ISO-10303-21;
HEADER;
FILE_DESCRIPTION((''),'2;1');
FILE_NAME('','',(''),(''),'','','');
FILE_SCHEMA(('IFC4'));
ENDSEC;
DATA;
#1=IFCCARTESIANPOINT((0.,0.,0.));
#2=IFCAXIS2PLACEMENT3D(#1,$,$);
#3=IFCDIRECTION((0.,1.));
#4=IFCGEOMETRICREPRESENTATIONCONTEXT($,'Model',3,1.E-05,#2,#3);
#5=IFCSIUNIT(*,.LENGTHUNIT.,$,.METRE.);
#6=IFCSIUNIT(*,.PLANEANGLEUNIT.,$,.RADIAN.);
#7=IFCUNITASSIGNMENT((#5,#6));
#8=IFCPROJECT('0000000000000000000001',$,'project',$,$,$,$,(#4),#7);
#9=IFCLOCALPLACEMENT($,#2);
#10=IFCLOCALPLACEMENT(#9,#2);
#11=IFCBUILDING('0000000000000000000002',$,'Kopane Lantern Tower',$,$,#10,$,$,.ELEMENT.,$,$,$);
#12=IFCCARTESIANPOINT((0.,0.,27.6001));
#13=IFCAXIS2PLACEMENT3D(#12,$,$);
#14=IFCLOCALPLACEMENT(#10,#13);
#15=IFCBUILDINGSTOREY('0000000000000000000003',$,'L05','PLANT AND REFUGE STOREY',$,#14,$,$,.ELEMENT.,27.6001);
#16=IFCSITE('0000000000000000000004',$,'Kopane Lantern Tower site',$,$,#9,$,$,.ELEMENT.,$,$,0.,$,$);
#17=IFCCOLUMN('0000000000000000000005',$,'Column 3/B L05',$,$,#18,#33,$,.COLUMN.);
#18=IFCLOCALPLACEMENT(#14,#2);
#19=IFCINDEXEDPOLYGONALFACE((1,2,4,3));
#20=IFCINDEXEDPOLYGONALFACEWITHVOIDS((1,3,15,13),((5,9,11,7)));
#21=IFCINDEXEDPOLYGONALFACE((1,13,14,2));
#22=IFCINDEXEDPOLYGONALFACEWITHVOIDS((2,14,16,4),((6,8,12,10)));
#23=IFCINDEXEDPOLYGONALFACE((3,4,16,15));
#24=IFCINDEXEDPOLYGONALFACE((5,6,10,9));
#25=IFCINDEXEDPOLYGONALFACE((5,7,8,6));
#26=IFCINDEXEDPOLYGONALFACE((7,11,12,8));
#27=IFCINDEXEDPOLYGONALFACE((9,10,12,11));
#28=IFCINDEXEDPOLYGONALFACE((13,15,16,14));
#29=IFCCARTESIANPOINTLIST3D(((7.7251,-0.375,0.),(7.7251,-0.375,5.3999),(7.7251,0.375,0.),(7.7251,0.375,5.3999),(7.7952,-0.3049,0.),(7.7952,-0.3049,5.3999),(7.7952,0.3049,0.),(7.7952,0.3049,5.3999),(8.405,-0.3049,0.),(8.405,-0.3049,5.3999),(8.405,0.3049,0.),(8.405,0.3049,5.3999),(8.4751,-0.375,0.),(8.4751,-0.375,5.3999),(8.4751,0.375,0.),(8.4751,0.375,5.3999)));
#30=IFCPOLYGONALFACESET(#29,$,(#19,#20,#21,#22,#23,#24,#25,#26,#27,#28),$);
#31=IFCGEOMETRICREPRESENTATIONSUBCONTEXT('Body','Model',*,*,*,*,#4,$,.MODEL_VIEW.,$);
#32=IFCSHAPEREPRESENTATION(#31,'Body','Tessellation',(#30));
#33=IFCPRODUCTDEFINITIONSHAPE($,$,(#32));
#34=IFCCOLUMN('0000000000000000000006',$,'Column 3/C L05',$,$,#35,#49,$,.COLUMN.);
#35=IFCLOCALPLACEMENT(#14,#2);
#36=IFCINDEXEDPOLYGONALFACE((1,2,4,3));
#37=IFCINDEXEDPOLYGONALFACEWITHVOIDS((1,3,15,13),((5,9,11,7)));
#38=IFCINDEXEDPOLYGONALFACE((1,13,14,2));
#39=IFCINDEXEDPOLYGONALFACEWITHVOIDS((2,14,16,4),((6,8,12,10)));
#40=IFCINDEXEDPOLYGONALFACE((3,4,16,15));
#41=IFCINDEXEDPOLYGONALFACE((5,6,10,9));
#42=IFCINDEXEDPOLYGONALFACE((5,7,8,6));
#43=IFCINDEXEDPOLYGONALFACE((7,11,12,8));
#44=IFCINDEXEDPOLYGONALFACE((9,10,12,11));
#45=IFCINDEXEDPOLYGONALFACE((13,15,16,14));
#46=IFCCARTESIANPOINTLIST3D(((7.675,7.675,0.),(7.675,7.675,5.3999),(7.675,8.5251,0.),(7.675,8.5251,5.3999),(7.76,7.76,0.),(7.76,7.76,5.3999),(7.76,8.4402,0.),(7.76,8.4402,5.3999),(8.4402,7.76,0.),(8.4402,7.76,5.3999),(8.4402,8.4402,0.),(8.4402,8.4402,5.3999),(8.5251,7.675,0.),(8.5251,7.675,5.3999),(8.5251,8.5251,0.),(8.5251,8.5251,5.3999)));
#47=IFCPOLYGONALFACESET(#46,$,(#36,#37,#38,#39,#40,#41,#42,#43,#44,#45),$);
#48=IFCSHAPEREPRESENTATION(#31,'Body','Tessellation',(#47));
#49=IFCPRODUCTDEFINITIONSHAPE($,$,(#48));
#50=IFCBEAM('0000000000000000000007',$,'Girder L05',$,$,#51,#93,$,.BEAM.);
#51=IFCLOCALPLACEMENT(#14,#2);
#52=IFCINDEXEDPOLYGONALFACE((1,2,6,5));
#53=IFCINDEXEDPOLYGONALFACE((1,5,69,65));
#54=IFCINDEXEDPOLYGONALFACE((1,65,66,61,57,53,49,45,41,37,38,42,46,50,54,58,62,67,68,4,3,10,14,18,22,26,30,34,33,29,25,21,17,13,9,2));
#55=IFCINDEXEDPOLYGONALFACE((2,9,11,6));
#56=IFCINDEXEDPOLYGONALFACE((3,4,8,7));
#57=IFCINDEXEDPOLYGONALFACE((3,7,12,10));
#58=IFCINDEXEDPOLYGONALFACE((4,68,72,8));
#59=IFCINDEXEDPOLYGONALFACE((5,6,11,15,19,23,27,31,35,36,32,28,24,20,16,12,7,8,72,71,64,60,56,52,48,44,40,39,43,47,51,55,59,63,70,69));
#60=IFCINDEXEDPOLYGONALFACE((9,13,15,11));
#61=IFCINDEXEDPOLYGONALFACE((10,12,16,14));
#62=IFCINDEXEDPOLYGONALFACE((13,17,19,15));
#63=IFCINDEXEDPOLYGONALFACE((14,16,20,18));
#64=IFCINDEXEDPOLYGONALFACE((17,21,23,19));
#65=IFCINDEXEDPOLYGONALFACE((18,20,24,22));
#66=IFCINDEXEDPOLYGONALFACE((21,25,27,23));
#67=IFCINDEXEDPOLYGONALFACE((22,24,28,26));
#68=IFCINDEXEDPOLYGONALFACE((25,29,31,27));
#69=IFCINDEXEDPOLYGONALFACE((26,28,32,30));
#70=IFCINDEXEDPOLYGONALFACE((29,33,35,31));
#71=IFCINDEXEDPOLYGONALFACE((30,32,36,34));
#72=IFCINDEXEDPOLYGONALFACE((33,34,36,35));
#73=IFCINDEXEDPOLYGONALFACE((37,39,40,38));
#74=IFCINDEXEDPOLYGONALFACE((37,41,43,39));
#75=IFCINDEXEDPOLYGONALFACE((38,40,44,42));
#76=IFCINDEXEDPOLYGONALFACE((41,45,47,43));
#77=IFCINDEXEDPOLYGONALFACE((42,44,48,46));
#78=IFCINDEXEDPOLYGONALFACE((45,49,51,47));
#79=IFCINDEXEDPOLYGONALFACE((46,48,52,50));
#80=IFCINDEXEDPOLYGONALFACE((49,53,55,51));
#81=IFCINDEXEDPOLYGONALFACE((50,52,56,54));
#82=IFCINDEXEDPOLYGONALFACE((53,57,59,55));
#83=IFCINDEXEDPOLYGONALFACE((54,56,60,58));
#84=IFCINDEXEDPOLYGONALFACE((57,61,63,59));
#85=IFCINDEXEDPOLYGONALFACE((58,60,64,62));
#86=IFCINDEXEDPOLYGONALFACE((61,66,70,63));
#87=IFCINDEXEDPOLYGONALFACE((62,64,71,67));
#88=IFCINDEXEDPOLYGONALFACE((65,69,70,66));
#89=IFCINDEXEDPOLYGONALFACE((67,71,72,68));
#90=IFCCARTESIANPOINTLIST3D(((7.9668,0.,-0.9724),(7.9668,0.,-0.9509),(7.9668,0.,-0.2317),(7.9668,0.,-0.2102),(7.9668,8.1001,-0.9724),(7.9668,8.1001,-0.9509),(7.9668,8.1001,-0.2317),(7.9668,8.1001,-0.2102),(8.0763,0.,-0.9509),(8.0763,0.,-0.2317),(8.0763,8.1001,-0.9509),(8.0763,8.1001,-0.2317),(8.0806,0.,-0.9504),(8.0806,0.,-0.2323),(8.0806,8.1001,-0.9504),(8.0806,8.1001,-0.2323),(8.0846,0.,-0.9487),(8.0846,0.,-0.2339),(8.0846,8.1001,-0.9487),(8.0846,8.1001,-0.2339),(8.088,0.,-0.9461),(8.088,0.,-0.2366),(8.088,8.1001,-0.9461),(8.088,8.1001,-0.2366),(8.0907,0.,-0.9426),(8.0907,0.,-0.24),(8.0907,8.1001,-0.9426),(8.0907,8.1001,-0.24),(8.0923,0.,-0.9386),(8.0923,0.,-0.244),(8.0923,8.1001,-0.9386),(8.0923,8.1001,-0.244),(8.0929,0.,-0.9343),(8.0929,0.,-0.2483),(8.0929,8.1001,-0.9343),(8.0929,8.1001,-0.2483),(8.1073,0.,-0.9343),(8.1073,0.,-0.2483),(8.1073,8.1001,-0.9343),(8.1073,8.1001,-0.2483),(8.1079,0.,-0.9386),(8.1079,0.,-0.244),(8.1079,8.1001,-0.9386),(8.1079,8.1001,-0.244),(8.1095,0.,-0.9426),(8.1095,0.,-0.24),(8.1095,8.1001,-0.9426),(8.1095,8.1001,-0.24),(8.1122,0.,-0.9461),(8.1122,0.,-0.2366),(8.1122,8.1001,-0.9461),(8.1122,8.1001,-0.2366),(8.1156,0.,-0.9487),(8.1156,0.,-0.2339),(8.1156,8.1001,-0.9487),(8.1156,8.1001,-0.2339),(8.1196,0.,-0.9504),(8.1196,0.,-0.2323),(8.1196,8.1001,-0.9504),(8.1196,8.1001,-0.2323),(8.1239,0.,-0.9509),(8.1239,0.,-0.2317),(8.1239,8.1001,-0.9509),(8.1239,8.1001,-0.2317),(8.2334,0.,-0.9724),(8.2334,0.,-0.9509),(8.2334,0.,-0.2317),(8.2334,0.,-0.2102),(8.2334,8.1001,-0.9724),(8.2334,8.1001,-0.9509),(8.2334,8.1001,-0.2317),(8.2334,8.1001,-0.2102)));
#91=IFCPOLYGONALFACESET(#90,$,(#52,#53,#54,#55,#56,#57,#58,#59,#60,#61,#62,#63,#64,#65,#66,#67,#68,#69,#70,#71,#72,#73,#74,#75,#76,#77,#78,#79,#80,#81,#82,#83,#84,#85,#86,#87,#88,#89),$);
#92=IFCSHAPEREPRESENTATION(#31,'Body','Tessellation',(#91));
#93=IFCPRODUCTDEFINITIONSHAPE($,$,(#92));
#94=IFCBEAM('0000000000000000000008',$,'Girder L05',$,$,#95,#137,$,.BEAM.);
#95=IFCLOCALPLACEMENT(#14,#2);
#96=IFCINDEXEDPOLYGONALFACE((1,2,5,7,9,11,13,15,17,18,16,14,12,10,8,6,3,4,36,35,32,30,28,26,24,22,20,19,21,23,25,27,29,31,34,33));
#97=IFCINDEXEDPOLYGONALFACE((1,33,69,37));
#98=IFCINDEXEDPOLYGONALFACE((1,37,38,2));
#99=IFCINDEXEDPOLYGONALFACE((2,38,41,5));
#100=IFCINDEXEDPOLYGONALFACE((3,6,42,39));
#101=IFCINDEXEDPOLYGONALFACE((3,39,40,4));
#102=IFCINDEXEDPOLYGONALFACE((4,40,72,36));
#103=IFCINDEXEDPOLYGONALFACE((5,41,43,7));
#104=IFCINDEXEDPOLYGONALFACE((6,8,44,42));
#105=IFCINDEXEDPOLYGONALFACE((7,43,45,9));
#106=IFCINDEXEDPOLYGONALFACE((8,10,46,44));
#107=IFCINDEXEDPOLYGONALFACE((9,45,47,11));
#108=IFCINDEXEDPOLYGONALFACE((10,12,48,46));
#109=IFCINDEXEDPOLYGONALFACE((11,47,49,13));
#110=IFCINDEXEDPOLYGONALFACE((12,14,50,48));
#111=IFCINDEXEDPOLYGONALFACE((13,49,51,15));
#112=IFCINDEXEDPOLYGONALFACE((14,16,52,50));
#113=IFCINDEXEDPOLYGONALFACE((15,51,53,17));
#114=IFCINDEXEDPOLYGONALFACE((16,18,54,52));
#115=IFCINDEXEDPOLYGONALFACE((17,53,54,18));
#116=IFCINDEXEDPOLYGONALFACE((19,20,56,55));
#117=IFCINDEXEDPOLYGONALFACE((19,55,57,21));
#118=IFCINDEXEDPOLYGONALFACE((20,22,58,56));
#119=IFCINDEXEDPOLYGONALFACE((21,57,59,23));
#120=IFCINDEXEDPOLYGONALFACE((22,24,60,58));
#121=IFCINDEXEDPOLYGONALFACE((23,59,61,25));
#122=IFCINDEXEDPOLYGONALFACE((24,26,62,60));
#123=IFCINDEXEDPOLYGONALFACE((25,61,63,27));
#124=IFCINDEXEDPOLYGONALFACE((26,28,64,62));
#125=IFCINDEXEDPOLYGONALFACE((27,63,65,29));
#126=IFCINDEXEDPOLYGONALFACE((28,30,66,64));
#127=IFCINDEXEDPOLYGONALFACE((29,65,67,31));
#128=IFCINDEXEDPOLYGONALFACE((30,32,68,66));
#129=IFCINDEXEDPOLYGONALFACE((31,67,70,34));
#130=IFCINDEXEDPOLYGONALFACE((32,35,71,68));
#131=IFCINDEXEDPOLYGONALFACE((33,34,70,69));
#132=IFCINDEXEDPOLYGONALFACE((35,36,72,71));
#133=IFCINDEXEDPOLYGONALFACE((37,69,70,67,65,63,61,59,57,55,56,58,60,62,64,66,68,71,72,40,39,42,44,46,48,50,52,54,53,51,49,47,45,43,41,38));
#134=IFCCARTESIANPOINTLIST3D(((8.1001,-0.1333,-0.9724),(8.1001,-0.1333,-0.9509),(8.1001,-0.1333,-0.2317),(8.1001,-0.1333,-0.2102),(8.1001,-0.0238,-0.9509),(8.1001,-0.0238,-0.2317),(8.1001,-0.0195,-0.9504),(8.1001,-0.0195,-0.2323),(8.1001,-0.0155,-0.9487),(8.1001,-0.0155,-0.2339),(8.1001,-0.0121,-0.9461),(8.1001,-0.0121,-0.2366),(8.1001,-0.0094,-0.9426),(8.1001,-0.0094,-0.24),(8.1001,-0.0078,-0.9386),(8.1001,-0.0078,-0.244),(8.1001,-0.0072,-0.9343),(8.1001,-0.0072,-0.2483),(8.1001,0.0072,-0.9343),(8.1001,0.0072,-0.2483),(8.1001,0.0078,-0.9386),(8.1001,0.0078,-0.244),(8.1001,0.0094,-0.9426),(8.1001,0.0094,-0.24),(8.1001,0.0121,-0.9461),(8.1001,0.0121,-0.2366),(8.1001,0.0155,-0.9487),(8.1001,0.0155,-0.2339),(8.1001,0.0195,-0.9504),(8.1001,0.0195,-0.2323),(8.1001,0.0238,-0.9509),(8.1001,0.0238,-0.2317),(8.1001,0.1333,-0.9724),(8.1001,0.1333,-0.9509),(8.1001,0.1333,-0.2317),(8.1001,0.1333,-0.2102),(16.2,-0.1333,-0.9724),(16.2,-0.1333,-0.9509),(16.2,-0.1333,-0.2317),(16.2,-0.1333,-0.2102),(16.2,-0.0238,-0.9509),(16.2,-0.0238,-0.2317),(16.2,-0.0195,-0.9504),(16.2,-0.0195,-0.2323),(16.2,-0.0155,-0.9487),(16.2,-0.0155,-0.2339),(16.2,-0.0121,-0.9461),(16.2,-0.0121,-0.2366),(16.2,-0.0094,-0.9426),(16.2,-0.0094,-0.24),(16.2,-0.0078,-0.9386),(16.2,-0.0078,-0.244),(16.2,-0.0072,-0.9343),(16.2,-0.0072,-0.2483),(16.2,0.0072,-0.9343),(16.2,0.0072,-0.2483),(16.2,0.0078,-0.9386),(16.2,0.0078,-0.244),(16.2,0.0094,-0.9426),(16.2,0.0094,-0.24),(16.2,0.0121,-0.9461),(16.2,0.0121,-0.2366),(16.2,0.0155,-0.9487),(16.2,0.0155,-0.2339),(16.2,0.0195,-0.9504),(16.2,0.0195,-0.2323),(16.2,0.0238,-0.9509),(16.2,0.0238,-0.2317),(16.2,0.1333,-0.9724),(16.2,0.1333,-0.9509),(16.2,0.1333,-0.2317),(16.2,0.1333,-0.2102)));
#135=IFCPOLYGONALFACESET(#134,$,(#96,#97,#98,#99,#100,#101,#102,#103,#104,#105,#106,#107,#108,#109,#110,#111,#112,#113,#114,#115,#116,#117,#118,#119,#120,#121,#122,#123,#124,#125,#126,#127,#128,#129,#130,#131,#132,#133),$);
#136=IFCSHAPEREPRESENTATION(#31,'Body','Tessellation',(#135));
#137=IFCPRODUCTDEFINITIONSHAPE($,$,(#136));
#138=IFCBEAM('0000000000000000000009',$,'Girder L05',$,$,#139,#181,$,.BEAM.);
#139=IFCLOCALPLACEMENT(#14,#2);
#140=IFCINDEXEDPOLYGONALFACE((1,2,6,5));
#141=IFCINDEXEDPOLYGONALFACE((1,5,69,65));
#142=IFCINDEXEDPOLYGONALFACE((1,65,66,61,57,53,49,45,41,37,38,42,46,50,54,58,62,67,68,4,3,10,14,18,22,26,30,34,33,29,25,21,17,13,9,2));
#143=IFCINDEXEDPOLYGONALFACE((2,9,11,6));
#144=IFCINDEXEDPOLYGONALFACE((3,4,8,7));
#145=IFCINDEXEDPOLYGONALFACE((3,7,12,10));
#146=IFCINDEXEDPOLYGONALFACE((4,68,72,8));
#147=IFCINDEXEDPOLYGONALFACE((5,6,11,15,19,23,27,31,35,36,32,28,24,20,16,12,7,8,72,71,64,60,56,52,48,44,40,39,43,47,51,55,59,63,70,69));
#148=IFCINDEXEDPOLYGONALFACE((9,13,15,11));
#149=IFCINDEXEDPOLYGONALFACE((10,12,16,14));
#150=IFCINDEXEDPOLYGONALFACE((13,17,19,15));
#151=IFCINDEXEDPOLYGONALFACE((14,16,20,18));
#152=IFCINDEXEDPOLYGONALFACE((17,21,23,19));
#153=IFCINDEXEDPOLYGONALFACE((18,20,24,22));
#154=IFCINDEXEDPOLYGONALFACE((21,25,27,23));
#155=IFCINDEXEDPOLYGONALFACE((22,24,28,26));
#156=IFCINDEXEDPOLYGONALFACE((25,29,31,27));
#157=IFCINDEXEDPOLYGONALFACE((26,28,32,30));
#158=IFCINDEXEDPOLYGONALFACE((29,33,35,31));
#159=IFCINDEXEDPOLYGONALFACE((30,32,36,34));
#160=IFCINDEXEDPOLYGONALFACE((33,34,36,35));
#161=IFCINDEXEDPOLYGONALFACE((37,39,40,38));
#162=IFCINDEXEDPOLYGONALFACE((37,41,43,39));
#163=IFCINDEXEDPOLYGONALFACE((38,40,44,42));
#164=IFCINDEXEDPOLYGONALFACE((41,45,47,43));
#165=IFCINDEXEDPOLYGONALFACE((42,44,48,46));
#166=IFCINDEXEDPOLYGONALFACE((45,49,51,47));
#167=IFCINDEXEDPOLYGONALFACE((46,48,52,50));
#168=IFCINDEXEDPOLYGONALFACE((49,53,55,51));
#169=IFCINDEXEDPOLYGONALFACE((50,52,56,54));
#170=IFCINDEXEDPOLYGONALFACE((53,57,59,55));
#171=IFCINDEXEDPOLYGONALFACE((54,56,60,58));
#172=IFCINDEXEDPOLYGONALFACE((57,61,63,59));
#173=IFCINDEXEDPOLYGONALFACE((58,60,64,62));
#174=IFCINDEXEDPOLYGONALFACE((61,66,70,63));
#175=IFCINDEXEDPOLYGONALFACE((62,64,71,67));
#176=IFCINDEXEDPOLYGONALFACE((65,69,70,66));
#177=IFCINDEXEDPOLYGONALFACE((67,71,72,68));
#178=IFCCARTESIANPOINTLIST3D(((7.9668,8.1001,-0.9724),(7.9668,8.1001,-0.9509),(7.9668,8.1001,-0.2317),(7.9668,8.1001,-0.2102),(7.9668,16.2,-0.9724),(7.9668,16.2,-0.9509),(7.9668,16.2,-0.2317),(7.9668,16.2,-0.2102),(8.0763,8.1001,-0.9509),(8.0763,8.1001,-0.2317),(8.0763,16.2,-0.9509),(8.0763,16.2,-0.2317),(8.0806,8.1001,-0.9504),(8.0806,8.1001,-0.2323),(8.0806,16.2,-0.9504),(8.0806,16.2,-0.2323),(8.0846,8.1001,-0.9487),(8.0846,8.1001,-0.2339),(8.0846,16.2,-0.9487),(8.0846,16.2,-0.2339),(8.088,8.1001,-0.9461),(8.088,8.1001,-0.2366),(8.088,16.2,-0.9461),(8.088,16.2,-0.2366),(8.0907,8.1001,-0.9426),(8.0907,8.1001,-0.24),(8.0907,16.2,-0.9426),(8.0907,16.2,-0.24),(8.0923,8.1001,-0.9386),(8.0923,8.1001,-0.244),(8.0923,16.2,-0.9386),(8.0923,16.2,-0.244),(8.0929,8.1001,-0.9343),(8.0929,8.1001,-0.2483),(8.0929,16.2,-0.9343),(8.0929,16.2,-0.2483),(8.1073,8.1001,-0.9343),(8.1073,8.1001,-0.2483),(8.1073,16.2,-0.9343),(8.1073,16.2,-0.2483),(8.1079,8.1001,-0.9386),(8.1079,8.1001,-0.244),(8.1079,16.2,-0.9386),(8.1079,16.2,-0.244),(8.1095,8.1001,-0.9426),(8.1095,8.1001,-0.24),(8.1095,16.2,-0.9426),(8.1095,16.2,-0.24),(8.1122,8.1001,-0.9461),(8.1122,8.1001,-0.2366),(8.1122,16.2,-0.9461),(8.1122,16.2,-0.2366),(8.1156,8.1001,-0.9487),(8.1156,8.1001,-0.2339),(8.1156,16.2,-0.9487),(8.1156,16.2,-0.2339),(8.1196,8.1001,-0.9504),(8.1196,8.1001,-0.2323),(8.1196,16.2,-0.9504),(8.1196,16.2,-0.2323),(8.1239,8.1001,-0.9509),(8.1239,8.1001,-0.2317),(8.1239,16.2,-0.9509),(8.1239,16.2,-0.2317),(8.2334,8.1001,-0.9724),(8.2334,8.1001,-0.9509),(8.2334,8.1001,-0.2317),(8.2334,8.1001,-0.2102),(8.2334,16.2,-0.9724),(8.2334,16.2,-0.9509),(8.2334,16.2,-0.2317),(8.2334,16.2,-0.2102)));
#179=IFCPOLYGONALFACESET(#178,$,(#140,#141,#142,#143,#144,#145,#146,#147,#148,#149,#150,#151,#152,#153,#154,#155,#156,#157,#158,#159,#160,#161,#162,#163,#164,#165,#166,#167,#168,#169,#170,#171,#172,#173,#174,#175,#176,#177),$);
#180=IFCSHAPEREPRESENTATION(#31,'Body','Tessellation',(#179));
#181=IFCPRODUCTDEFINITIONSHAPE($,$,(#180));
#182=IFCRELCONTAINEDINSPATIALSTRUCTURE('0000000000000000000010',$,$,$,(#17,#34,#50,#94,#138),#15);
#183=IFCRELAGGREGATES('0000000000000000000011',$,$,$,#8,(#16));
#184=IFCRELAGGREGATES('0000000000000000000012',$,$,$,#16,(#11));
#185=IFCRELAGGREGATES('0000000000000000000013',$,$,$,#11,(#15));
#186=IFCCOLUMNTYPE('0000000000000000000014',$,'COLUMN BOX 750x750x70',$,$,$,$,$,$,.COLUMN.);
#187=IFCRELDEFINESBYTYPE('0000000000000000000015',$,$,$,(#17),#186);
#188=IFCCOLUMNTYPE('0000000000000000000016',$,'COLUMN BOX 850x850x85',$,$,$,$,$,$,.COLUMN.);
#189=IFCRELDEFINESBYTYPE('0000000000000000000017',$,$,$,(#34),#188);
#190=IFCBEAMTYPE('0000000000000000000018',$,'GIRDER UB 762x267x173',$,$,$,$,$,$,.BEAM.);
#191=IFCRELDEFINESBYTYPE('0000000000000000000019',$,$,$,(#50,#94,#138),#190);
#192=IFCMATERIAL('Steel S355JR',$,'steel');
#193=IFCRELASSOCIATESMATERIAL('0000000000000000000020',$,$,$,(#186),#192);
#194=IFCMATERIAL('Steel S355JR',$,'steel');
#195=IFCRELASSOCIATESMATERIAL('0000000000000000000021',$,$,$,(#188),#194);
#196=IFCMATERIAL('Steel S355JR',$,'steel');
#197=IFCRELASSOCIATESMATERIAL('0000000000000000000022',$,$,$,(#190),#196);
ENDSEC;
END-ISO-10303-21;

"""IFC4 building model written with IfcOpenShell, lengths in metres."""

from ifc_helpers import new_model, si_unit, direction, frame, origin, origin_2d, place, context, subcontext, project, spatial, hollow_rectangle, i_section, extrude, material, material_profile, profile_set, type_object, element, save


model = new_model("IFC4")

# Units and contexts
model_context = context("Model", 3, precision=1e-05, world=origin(), true_north=direction((0.0, 1.0)))
body_context = subcontext(model_context, "Body", "Model", "MODEL_VIEW")
ifc_project = project(units=[si_unit("LENGTHUNIT", "METRE"), si_unit("PLANEANGLEUNIT", "RADIAN")], contexts=[model_context])

# Site, building, storey
site_placement = place(None, origin())
site = spatial("IfcSite", under=ifc_project, at=site_placement, Name="Kopane Lantern Tower site", CompositionType="ELEMENT", RefElevation=0.0)
building_placement = place(site_placement, origin())
building = spatial("IfcBuilding", under=site, at=building_placement, Name="Kopane Lantern Tower", CompositionType="ELEMENT")
storey_placement = place(building_placement, frame((0.0, 0.0, 27.6001)))
storey = spatial("IfcBuildingStorey", under=building, at=storey_placement, Name="L05", Description="PLANT AND REFUGE STOREY", CompositionType="ELEMENT", Elevation=27.6001)

# Columns
ifc_material_1 = material(Name="Steel S355JR", Category="steel")
ifc_material_profile_1 = material_profile(ifc_material_1, hollow_rectangle(XDim=0.75, YDim=0.75, WallThickness=0.0701, at=origin_2d()), Name="BOX 750x750x70")
ifc_profile_set_1 = profile_set([ifc_material_profile_1], Name="Steel S355JR")
column_type_1 = type_object("IfcColumnType", Name="COLUMN BOX 750x750x70", PredefinedType="COLUMN", material=ifc_profile_set_1)
column_1_placement = place(storey_placement, frame((8.1001, 0.0, 0.0), z_axis=(0.0, 0.0, 1.0), x_axis=(1.0, 0.0, 0.0)))
element("IfcColumn", 1, at=column_1_placement, inside=storey, type_object=column_type_1, Name="Column 3/B L05", PredefinedType="COLUMN", context=body_context, shape_type="SweptSolid", body=[
    extrude(hollow_rectangle(XDim=0.75, YDim=0.75, WallThickness=0.0701, at=origin_2d()), origin(), (0.0, 0.0, 1.0), 5.3999),
])
ifc_material_2 = material(Name="Steel S355JR", Category="steel")
ifc_material_profile_2 = material_profile(ifc_material_2, hollow_rectangle(XDim=0.8501, YDim=0.8501, WallThickness=0.085, at=origin_2d()), Name="BOX 850x850x85")
ifc_profile_set_2 = profile_set([ifc_material_profile_2], Name="Steel S355JR")
column_type_2 = type_object("IfcColumnType", Name="COLUMN BOX 850x850x85", PredefinedType="COLUMN", material=ifc_profile_set_2)
column_2_placement = place(storey_placement, frame((8.1001, 8.1001, 0.0), z_axis=(0.0, 0.0, 1.0), x_axis=(1.0, 0.0, 0.0)))
element("IfcColumn", 2, at=column_2_placement, inside=storey, type_object=column_type_2, Name="Column 3/C L05", PredefinedType="COLUMN", context=body_context, shape_type="SweptSolid", body=[
    extrude(hollow_rectangle(XDim=0.8501, YDim=0.8501, WallThickness=0.085, at=origin_2d()), origin(), (0.0, 0.0, 1.0), 5.3999),
])

# Beams
ifc_material_3 = material(Name="Steel S355JR", Category="steel")
ifc_material_profile_3 = material_profile(ifc_material_3, i_section(OverallWidth=0.2666, OverallDepth=0.7622, WebThickness=0.0144, FlangeThickness=0.0215, FilletRadius=0.0166, at=origin_2d()), Name="UB 762x267x173")
ifc_profile_set_3 = profile_set([ifc_material_profile_3], Name="Steel S355JR")
beam_type = type_object("IfcBeamType", Name="GIRDER UB 762x267x173", PredefinedType="BEAM", material=ifc_profile_set_3)
beam_placement = place(storey_placement, frame((8.1001, 0.0, -0.5913), z_axis=(0.0, 1.0, 0.0), x_axis=(-1.0, 0.0, 0.0)))
element("IfcBeam", 3, at=beam_placement, inside=storey, type_object=beam_type, Name="Girder L05", PredefinedType="BEAM", context=body_context, shape_type="SweptSolid", body=[
    extrude(i_section(OverallWidth=0.2666, OverallDepth=0.7622, WebThickness=0.0144, FlangeThickness=0.0215, FilletRadius=0.0166, at=origin_2d()), origin(), (0.0, 0.0, 1.0), 8.1001),
])
for number, where, z_axis, x_axis, name in (
    (4, (8.1001, 0.0, -0.5913), (1.0, 0.0, 0.0), (0.0, 1.0, 0.0), "Girder L05"),
    (5, (8.1001, 8.1001, -0.5913), (0.0, 1.0, 0.0), (-1.0, 0.0, 0.0), "Girder L05"),
):
    element("IfcBeam", number, at=place(storey_placement, frame(where, z_axis=z_axis, x_axis=x_axis)), inside=storey, type_object=beam_type, Name=name, PredefinedType="BEAM", context=body_context, shape_type="SweptSolid", body=[
        extrude(i_section(OverallWidth=0.2666, OverallDepth=0.7622, WebThickness=0.0144, FlangeThickness=0.0215, FilletRadius=0.0166, at=origin_2d()), origin(), (0.0, 0.0, 1.0), 8.0999),
    ])

save(model, "model.ifc")
